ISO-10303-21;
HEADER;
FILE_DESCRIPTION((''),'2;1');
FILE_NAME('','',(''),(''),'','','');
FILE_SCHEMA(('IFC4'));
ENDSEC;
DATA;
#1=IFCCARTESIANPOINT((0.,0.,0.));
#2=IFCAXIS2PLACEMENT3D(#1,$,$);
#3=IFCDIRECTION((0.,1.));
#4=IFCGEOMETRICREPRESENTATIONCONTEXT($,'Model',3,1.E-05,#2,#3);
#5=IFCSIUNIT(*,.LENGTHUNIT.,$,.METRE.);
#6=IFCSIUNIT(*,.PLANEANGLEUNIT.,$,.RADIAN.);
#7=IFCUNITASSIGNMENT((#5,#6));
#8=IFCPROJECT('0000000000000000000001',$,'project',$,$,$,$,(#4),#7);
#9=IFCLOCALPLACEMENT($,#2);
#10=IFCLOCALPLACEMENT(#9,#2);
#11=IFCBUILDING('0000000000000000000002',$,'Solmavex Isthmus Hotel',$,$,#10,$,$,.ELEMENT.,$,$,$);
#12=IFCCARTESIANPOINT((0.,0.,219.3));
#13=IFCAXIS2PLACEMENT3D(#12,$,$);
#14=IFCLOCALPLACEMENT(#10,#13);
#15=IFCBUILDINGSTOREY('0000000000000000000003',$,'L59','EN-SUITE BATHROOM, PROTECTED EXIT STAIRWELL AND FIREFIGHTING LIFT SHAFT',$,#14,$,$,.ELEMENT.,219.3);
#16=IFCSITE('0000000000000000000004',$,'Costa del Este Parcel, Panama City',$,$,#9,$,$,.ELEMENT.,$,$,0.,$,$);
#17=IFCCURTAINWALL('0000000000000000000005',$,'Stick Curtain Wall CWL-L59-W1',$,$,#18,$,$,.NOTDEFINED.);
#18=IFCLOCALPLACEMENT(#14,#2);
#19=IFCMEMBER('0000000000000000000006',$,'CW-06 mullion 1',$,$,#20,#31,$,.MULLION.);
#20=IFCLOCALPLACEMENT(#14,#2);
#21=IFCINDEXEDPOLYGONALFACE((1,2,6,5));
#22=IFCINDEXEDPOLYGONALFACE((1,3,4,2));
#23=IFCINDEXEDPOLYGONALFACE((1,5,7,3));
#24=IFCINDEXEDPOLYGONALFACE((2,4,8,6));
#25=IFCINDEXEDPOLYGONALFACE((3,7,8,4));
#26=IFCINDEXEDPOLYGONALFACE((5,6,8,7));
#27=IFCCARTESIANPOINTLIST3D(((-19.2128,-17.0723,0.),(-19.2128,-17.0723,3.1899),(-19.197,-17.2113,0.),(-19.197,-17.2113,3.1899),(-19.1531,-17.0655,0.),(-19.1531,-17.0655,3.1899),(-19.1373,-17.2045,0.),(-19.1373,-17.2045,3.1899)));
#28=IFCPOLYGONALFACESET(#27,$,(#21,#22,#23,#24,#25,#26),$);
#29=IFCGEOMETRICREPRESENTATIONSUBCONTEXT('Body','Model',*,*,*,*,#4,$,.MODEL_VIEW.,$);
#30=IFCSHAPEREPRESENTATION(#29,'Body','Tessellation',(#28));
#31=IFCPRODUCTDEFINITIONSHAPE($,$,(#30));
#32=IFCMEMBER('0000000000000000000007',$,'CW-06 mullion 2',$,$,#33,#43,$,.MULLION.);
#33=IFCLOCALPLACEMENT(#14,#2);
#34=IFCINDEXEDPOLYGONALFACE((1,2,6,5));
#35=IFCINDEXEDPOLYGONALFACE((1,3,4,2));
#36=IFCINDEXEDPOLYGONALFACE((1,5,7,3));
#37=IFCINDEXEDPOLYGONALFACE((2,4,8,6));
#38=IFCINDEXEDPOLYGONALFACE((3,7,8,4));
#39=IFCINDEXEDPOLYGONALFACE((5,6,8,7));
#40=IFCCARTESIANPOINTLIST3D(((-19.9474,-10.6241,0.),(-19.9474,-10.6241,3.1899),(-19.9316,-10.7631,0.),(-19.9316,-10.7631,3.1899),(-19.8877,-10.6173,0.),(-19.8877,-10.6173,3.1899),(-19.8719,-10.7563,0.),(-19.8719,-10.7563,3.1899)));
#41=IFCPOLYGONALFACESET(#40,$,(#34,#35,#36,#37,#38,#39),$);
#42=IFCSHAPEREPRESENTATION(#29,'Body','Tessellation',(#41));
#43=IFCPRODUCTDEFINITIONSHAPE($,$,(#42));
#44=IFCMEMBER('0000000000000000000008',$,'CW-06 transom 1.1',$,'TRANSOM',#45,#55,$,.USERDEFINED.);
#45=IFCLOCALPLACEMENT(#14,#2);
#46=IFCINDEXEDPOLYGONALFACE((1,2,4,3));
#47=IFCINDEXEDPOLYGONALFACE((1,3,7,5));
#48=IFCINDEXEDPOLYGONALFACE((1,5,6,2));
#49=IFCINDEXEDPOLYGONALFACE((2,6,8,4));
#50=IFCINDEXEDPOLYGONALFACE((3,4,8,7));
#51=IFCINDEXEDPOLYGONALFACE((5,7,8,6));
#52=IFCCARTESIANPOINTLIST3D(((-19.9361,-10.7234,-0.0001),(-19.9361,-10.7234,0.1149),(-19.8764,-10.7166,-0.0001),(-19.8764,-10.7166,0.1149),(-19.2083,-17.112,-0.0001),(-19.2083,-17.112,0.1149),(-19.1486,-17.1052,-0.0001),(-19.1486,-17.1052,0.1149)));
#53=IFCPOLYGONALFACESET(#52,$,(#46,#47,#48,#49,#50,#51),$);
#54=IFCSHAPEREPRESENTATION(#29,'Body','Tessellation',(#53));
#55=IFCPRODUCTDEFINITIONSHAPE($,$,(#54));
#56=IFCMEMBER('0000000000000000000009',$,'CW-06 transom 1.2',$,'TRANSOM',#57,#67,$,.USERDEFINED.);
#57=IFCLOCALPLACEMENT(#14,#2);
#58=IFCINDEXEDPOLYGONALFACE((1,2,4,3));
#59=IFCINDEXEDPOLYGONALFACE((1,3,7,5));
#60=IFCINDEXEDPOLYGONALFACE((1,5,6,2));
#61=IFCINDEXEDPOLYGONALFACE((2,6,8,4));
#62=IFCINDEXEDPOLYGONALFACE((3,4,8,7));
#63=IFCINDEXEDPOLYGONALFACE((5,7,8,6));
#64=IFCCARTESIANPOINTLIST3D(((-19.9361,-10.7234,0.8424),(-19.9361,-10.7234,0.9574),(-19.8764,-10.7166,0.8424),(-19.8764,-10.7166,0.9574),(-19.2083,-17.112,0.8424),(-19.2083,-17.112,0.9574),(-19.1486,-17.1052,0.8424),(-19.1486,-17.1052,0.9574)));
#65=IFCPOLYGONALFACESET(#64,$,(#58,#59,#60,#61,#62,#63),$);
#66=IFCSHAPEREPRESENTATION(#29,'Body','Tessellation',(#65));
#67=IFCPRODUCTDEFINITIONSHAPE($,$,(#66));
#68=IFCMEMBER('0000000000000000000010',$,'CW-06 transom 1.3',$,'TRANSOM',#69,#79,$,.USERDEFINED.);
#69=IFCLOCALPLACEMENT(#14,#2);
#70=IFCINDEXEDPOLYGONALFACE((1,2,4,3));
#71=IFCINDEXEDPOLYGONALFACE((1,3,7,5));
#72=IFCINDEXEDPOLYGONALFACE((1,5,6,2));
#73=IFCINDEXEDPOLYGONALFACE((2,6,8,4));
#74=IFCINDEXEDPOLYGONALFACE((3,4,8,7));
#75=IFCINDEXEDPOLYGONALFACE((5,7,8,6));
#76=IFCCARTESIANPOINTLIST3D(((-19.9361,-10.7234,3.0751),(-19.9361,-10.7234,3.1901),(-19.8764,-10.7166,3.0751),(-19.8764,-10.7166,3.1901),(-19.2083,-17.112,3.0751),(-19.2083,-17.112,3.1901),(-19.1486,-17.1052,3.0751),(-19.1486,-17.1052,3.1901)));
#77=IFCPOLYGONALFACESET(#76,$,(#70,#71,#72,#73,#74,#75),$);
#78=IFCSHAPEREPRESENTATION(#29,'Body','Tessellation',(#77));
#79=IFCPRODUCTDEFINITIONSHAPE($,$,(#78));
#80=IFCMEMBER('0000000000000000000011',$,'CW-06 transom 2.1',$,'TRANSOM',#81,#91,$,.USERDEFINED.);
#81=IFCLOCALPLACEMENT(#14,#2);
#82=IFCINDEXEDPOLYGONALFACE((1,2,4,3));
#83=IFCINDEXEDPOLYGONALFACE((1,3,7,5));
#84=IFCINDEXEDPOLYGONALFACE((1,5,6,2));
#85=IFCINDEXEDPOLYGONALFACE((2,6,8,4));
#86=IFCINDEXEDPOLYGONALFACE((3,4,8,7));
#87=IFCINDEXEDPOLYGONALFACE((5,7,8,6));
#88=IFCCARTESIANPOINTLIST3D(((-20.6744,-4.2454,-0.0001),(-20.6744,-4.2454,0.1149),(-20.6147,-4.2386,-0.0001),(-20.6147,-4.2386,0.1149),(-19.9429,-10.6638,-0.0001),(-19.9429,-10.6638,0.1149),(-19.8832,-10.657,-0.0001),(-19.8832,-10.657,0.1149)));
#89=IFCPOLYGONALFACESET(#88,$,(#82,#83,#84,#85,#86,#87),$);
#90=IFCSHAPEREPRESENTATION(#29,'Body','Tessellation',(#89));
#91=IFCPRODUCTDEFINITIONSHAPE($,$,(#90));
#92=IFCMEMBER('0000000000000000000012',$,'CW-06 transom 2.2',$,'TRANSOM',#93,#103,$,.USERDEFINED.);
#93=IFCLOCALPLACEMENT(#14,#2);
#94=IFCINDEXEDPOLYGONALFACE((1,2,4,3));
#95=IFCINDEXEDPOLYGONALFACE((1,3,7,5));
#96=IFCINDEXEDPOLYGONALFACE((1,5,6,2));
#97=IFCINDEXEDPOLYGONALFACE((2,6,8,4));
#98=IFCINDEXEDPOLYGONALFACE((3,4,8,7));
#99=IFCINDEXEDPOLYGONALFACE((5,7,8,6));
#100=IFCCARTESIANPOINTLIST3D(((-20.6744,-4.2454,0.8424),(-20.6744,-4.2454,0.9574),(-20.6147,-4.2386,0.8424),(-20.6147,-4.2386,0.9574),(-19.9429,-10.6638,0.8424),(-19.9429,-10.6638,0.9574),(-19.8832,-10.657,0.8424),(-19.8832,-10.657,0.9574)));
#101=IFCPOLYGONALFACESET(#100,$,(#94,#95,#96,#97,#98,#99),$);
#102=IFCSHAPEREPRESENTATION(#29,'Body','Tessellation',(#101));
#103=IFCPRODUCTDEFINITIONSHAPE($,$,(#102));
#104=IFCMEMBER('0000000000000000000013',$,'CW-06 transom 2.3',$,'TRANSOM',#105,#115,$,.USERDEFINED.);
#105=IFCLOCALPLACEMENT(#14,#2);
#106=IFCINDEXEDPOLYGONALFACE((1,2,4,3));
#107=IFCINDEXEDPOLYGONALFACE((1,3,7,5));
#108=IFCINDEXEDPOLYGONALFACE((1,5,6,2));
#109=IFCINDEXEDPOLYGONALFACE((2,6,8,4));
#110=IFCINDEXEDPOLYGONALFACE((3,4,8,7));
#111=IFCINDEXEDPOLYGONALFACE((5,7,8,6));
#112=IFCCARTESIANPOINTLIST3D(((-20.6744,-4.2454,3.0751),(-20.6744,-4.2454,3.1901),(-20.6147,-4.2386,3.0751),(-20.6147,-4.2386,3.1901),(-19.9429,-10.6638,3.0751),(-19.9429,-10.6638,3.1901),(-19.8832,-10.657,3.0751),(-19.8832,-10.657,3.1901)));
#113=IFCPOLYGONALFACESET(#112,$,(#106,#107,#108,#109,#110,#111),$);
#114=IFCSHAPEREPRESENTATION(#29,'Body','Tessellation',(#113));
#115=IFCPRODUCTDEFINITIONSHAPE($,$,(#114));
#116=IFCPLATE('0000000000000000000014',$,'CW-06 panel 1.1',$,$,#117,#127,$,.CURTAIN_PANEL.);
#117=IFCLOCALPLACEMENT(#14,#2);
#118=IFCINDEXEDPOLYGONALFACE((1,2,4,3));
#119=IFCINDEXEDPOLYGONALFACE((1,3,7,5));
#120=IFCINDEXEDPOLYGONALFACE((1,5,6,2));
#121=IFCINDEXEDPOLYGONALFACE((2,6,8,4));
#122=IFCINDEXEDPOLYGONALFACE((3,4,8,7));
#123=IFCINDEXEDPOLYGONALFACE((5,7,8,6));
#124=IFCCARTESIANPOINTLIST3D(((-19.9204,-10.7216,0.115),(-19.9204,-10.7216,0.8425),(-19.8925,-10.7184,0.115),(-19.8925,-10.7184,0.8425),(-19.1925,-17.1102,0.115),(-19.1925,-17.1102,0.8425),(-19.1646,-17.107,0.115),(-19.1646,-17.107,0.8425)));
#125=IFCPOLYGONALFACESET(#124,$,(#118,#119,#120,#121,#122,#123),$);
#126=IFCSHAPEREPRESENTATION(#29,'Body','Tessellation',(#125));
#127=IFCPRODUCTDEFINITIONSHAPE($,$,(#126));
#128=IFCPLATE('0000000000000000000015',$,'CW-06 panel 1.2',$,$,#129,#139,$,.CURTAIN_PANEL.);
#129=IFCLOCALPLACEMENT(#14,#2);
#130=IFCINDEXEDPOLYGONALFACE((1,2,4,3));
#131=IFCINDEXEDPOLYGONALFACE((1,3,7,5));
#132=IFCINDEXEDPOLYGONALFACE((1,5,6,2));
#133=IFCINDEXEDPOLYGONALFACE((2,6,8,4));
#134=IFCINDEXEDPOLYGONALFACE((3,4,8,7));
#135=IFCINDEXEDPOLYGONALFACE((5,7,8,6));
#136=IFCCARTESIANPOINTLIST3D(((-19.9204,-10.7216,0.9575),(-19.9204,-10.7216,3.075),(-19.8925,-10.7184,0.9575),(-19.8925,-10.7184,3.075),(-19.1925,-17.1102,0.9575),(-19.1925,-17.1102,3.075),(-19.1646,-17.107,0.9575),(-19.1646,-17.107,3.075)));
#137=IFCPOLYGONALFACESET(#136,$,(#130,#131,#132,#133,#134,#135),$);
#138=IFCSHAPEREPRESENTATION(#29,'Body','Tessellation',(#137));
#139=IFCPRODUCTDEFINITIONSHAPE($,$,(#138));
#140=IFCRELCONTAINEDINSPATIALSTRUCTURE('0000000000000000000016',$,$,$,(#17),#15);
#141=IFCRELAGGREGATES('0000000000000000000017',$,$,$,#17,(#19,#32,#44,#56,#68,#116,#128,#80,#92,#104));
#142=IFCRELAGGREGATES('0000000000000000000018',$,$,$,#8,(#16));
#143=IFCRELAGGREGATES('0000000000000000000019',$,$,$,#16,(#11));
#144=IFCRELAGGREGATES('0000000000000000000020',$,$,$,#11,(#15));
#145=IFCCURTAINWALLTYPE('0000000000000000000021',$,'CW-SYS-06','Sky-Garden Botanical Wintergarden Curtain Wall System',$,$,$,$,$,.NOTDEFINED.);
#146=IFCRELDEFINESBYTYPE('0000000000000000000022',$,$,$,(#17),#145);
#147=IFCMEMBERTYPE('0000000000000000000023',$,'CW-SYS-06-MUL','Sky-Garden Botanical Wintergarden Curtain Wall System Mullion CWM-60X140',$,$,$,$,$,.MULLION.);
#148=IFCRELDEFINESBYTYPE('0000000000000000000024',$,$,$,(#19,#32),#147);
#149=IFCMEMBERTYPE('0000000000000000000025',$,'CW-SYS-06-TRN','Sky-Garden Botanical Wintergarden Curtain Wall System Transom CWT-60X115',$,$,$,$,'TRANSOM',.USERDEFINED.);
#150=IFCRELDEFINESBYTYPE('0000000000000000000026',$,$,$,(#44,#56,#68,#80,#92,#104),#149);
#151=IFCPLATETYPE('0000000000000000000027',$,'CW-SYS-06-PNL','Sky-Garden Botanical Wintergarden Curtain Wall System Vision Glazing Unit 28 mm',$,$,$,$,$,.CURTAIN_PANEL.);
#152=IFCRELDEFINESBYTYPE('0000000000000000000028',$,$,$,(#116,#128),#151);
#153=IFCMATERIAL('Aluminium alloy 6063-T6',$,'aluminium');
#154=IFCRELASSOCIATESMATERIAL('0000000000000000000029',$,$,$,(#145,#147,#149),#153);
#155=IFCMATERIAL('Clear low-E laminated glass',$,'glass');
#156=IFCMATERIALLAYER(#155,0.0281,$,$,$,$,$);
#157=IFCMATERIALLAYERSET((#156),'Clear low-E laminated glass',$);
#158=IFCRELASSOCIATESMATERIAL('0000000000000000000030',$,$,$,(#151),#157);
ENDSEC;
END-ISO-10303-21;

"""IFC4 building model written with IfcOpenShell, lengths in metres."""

from ifc_helpers import new_model, si_unit, direction, frame, origin, origin_2d, place, context, subcontext, project, spatial, rectangle, extrude, material, layer, layer_set, material_profile, profile_set, type_object, element, aggregate, save


model = new_model("IFC4")

# Units and contexts
model_context = context("Model", 3, precision=1e-05, world=origin(), true_north=direction((0.0, 1.0)))
body_context = subcontext(model_context, "Body", "Model", "MODEL_VIEW")
ifc_project = project(units=[si_unit("LENGTHUNIT", "METRE"), si_unit("PLANEANGLEUNIT", "RADIAN")], contexts=[model_context])

# Site, building, storey
site_placement = place(None, origin())
site = spatial("IfcSite", under=ifc_project, at=site_placement, Name="Costa del Este Parcel, Panama City", CompositionType="ELEMENT", RefElevation=0.0)
building_placement = place(site_placement, origin())
building = spatial("IfcBuilding", under=site, at=building_placement, Name="Solmavex Isthmus Hotel", CompositionType="ELEMENT")
storey_placement = place(building_placement, frame((0.0, 0.0, 219.3)))
storey = spatial("IfcBuildingStorey", under=building, at=storey_placement, Name="L59", Description="EN-SUITE BATHROOM, PROTECTED EXIT STAIRWELL AND FIREFIGHTING LIFT SHAFT", CompositionType="ELEMENT", Elevation=219.3)

# Curtain wall, members, plates
ifc_material_1 = material(Name="Aluminium alloy 6063-T6", Category="aluminium")
curtain_wall_type = type_object("IfcCurtainWallType", Name="CW-SYS-06", Description="Sky-Garden Botanical Wintergarden Curtain Wall System", PredefinedType="NOTDEFINED", material=ifc_material_1)
curtain_wall_placement = place(storey_placement, origin())
curtain_wall = element("IfcCurtainWall", 1, at=curtain_wall_placement, inside=storey, type_object=curtain_wall_type, Name="Stick Curtain Wall CWL-L59-W1", PredefinedType="NOTDEFINED")
ifc_material_profile_1 = material_profile(ifc_material_1, rectangle(XDim=0.0601, YDim=0.1399, at=origin_2d()), Name="CWM-60X140")
ifc_profile_set_1 = profile_set([ifc_material_profile_1], Name="Aluminium alloy 6063-T6")
member_type_1 = type_object("IfcMemberType", Name="CW-SYS-06-MUL", Description="Sky-Garden Botanical Wintergarden Curtain Wall System Mullion CWM-60X140", PredefinedType="MULLION", material=ifc_profile_set_1)
member_1_placement = place(storey_placement, frame((-19.175, -17.1384, 0.0), z_axis=(0.0, 0.0, 1.0), x_axis=(-0.993572, -0.113203, 0.0)))
member_1 = element("IfcMember", 2, at=member_1_placement, type_object=member_type_1, Name="CW-06 mullion 1", PredefinedType="MULLION", context=body_context, shape_type="SweptSolid", body=[
    extrude(rectangle(XDim=0.0601, YDim=0.1399, at=origin_2d()), origin(), (0.0, 0.0, 1.0), 3.1899),
])
member_2_placement = place(storey_placement, frame((-19.9097, -10.6902, 0.0), z_axis=(0.0, 0.0, 1.0), x_axis=(-0.993572, -0.113203, 0.0)))
member_2 = element("IfcMember", 3, at=member_2_placement, type_object=member_type_1, Name="CW-06 mullion 2", PredefinedType="MULLION", context=body_context, shape_type="SweptSolid", body=[
    extrude(rectangle(XDim=0.0601, YDim=0.1399, at=origin_2d()), origin(), (0.0, 0.0, 1.0), 3.1899),
])
ifc_material_profile_2 = material_profile(ifc_material_1, rectangle(XDim=0.0601, YDim=0.115, at=origin_2d()), Name="CWT-60X115")
ifc_profile_set_2 = profile_set([ifc_material_profile_2], Name="Aluminium alloy 6063-T6")
member_type_2 = type_object("IfcMemberType", Name="CW-SYS-06-TRN", Description="Sky-Garden Botanical Wintergarden Curtain Wall System Transom CWT-60X115", ElementType="TRANSOM", PredefinedType="USERDEFINED", material=ifc_profile_set_2)
member_3_placement = place(storey_placement, frame((-19.1785, -17.1086, 0.0574), z_axis=(-0.113186, 0.993574, 0.0), x_axis=(-0.993574, -0.113186, 0.0)))
member_3 = element("IfcMember", 4, at=member_3_placement, type_object=member_type_2, Name="CW-06 transom 1.1", ObjectType="TRANSOM", PredefinedType="USERDEFINED", context=body_context, shape_type="SweptSolid", body=[
    extrude(rectangle(XDim=0.0601, YDim=0.115, at=origin_2d()), origin(), (0.0, 0.0, 1.0), 6.4299),
])
member_4_placement = place(storey_placement, frame((-19.1785, -17.1086, 0.8999), z_axis=(-0.113186, 0.993574, 0.0), x_axis=(-0.993574, -0.113186, 0.0)))
member_4 = element("IfcMember", 5, at=member_4_placement, type_object=member_type_2, Name="CW-06 transom 1.2", ObjectType="TRANSOM", PredefinedType="USERDEFINED", context=body_context, shape_type="SweptSolid", body=[
    extrude(rectangle(XDim=0.0601, YDim=0.115, at=origin_2d()), origin(), (0.0, 0.0, 1.0), 6.4299),
])
member_5_placement = place(storey_placement, frame((-19.1785, -17.1086, 3.1326), z_axis=(-0.113186, 0.993574, 0.0), x_axis=(-0.993574, -0.113186, 0.0)))
member_5 = element("IfcMember", 6, at=member_5_placement, type_object=member_type_2, Name="CW-06 transom 1.3", ObjectType="TRANSOM", PredefinedType="USERDEFINED", context=body_context, shape_type="SweptSolid", body=[
    extrude(rectangle(XDim=0.0601, YDim=0.115, at=origin_2d()), origin(), (0.0, 0.0, 1.0), 6.4299),
])
member_6_placement = place(storey_placement, frame((-19.9131, -10.6604, 0.0574), z_axis=(-0.113227, 0.993569, 0.0), x_axis=(-0.993569, -0.113227, 0.0)))
member_6 = element("IfcMember", 7, at=member_6_placement, type_object=member_type_2, Name="CW-06 transom 2.1", ObjectType="TRANSOM", PredefinedType="USERDEFINED", context=body_context, shape_type="SweptSolid", body=[
    extrude(rectangle(XDim=0.0601, YDim=0.115, at=origin_2d()), origin(), (0.0, 0.0, 1.0), 6.46),
])
member_7_placement = place(storey_placement, frame((-19.9131, -10.6604, 0.8999), z_axis=(-0.113227, 0.993569, 0.0), x_axis=(-0.993569, -0.113227, 0.0)))
member_7 = element("IfcMember", 8, at=member_7_placement, type_object=member_type_2, Name="CW-06 transom 2.2", ObjectType="TRANSOM", PredefinedType="USERDEFINED", context=body_context, shape_type="SweptSolid", body=[
    extrude(rectangle(XDim=0.0601, YDim=0.115, at=origin_2d()), origin(), (0.0, 0.0, 1.0), 6.46),
])
member_8_placement = place(storey_placement, frame((-19.9131, -10.6604, 3.1326), z_axis=(-0.113227, 0.993569, 0.0), x_axis=(-0.993569, -0.113227, 0.0)))
member_8 = element("IfcMember", 9, at=member_8_placement, type_object=member_type_2, Name="CW-06 transom 2.3", ObjectType="TRANSOM", PredefinedType="USERDEFINED", context=body_context, shape_type="SweptSolid", body=[
    extrude(rectangle(XDim=0.0601, YDim=0.115, at=origin_2d()), origin(), (0.0, 0.0, 1.0), 6.46),
])
ifc_material_2 = material(Name="Clear low-E laminated glass", Category="glass")
ifc_layer_1 = layer(ifc_material_2, 0.0281)
ifc_layer_set_1 = layer_set([ifc_layer_1], Name="Clear low-E laminated glass")
plate_type = type_object("IfcPlateType", Name="CW-SYS-06-PNL", Description="Sky-Garden Botanical Wintergarden Curtain Wall System Vision Glazing Unit 28 mm", PredefinedType="CURTAIN_PANEL", material=ifc_layer_set_1)
plate_1_placement = place(storey_placement, frame((-19.5425, -13.9143, 0.115), z_axis=(0.0, 0.0, 1.0), x_axis=(-0.113203, 0.993572, 0.0)))
plate_1 = element("IfcPlate", 10, at=plate_1_placement, type_object=plate_type, Name="CW-06 panel 1.1", PredefinedType="CURTAIN_PANEL", context=body_context, shape_type="SweptSolid", body=[
    extrude(rectangle(XDim=6.4299, YDim=0.0281, at=origin_2d()), origin(), (0.0, 0.0, 1.0), 0.7275),
])
plate_2_placement = place(storey_placement, frame((-19.5425, -13.9143, 0.9575), z_axis=(0.0, 0.0, 1.0), x_axis=(-0.113203, 0.993572, 0.0)))
plate_2 = element("IfcPlate", 11, at=plate_2_placement, type_object=plate_type, Name="CW-06 panel 1.2", PredefinedType="CURTAIN_PANEL", context=body_context, shape_type="SweptSolid", body=[
    extrude(rectangle(XDim=6.4299, YDim=0.0281, at=origin_2d()), origin(), (0.0, 0.0, 1.0), 2.1174),
])
aggregate(curtain_wall, [member_1, member_2, member_3, member_4, member_5, plate_1, plate_2, member_6, member_7, member_8])

save(model, "model.ifc")
